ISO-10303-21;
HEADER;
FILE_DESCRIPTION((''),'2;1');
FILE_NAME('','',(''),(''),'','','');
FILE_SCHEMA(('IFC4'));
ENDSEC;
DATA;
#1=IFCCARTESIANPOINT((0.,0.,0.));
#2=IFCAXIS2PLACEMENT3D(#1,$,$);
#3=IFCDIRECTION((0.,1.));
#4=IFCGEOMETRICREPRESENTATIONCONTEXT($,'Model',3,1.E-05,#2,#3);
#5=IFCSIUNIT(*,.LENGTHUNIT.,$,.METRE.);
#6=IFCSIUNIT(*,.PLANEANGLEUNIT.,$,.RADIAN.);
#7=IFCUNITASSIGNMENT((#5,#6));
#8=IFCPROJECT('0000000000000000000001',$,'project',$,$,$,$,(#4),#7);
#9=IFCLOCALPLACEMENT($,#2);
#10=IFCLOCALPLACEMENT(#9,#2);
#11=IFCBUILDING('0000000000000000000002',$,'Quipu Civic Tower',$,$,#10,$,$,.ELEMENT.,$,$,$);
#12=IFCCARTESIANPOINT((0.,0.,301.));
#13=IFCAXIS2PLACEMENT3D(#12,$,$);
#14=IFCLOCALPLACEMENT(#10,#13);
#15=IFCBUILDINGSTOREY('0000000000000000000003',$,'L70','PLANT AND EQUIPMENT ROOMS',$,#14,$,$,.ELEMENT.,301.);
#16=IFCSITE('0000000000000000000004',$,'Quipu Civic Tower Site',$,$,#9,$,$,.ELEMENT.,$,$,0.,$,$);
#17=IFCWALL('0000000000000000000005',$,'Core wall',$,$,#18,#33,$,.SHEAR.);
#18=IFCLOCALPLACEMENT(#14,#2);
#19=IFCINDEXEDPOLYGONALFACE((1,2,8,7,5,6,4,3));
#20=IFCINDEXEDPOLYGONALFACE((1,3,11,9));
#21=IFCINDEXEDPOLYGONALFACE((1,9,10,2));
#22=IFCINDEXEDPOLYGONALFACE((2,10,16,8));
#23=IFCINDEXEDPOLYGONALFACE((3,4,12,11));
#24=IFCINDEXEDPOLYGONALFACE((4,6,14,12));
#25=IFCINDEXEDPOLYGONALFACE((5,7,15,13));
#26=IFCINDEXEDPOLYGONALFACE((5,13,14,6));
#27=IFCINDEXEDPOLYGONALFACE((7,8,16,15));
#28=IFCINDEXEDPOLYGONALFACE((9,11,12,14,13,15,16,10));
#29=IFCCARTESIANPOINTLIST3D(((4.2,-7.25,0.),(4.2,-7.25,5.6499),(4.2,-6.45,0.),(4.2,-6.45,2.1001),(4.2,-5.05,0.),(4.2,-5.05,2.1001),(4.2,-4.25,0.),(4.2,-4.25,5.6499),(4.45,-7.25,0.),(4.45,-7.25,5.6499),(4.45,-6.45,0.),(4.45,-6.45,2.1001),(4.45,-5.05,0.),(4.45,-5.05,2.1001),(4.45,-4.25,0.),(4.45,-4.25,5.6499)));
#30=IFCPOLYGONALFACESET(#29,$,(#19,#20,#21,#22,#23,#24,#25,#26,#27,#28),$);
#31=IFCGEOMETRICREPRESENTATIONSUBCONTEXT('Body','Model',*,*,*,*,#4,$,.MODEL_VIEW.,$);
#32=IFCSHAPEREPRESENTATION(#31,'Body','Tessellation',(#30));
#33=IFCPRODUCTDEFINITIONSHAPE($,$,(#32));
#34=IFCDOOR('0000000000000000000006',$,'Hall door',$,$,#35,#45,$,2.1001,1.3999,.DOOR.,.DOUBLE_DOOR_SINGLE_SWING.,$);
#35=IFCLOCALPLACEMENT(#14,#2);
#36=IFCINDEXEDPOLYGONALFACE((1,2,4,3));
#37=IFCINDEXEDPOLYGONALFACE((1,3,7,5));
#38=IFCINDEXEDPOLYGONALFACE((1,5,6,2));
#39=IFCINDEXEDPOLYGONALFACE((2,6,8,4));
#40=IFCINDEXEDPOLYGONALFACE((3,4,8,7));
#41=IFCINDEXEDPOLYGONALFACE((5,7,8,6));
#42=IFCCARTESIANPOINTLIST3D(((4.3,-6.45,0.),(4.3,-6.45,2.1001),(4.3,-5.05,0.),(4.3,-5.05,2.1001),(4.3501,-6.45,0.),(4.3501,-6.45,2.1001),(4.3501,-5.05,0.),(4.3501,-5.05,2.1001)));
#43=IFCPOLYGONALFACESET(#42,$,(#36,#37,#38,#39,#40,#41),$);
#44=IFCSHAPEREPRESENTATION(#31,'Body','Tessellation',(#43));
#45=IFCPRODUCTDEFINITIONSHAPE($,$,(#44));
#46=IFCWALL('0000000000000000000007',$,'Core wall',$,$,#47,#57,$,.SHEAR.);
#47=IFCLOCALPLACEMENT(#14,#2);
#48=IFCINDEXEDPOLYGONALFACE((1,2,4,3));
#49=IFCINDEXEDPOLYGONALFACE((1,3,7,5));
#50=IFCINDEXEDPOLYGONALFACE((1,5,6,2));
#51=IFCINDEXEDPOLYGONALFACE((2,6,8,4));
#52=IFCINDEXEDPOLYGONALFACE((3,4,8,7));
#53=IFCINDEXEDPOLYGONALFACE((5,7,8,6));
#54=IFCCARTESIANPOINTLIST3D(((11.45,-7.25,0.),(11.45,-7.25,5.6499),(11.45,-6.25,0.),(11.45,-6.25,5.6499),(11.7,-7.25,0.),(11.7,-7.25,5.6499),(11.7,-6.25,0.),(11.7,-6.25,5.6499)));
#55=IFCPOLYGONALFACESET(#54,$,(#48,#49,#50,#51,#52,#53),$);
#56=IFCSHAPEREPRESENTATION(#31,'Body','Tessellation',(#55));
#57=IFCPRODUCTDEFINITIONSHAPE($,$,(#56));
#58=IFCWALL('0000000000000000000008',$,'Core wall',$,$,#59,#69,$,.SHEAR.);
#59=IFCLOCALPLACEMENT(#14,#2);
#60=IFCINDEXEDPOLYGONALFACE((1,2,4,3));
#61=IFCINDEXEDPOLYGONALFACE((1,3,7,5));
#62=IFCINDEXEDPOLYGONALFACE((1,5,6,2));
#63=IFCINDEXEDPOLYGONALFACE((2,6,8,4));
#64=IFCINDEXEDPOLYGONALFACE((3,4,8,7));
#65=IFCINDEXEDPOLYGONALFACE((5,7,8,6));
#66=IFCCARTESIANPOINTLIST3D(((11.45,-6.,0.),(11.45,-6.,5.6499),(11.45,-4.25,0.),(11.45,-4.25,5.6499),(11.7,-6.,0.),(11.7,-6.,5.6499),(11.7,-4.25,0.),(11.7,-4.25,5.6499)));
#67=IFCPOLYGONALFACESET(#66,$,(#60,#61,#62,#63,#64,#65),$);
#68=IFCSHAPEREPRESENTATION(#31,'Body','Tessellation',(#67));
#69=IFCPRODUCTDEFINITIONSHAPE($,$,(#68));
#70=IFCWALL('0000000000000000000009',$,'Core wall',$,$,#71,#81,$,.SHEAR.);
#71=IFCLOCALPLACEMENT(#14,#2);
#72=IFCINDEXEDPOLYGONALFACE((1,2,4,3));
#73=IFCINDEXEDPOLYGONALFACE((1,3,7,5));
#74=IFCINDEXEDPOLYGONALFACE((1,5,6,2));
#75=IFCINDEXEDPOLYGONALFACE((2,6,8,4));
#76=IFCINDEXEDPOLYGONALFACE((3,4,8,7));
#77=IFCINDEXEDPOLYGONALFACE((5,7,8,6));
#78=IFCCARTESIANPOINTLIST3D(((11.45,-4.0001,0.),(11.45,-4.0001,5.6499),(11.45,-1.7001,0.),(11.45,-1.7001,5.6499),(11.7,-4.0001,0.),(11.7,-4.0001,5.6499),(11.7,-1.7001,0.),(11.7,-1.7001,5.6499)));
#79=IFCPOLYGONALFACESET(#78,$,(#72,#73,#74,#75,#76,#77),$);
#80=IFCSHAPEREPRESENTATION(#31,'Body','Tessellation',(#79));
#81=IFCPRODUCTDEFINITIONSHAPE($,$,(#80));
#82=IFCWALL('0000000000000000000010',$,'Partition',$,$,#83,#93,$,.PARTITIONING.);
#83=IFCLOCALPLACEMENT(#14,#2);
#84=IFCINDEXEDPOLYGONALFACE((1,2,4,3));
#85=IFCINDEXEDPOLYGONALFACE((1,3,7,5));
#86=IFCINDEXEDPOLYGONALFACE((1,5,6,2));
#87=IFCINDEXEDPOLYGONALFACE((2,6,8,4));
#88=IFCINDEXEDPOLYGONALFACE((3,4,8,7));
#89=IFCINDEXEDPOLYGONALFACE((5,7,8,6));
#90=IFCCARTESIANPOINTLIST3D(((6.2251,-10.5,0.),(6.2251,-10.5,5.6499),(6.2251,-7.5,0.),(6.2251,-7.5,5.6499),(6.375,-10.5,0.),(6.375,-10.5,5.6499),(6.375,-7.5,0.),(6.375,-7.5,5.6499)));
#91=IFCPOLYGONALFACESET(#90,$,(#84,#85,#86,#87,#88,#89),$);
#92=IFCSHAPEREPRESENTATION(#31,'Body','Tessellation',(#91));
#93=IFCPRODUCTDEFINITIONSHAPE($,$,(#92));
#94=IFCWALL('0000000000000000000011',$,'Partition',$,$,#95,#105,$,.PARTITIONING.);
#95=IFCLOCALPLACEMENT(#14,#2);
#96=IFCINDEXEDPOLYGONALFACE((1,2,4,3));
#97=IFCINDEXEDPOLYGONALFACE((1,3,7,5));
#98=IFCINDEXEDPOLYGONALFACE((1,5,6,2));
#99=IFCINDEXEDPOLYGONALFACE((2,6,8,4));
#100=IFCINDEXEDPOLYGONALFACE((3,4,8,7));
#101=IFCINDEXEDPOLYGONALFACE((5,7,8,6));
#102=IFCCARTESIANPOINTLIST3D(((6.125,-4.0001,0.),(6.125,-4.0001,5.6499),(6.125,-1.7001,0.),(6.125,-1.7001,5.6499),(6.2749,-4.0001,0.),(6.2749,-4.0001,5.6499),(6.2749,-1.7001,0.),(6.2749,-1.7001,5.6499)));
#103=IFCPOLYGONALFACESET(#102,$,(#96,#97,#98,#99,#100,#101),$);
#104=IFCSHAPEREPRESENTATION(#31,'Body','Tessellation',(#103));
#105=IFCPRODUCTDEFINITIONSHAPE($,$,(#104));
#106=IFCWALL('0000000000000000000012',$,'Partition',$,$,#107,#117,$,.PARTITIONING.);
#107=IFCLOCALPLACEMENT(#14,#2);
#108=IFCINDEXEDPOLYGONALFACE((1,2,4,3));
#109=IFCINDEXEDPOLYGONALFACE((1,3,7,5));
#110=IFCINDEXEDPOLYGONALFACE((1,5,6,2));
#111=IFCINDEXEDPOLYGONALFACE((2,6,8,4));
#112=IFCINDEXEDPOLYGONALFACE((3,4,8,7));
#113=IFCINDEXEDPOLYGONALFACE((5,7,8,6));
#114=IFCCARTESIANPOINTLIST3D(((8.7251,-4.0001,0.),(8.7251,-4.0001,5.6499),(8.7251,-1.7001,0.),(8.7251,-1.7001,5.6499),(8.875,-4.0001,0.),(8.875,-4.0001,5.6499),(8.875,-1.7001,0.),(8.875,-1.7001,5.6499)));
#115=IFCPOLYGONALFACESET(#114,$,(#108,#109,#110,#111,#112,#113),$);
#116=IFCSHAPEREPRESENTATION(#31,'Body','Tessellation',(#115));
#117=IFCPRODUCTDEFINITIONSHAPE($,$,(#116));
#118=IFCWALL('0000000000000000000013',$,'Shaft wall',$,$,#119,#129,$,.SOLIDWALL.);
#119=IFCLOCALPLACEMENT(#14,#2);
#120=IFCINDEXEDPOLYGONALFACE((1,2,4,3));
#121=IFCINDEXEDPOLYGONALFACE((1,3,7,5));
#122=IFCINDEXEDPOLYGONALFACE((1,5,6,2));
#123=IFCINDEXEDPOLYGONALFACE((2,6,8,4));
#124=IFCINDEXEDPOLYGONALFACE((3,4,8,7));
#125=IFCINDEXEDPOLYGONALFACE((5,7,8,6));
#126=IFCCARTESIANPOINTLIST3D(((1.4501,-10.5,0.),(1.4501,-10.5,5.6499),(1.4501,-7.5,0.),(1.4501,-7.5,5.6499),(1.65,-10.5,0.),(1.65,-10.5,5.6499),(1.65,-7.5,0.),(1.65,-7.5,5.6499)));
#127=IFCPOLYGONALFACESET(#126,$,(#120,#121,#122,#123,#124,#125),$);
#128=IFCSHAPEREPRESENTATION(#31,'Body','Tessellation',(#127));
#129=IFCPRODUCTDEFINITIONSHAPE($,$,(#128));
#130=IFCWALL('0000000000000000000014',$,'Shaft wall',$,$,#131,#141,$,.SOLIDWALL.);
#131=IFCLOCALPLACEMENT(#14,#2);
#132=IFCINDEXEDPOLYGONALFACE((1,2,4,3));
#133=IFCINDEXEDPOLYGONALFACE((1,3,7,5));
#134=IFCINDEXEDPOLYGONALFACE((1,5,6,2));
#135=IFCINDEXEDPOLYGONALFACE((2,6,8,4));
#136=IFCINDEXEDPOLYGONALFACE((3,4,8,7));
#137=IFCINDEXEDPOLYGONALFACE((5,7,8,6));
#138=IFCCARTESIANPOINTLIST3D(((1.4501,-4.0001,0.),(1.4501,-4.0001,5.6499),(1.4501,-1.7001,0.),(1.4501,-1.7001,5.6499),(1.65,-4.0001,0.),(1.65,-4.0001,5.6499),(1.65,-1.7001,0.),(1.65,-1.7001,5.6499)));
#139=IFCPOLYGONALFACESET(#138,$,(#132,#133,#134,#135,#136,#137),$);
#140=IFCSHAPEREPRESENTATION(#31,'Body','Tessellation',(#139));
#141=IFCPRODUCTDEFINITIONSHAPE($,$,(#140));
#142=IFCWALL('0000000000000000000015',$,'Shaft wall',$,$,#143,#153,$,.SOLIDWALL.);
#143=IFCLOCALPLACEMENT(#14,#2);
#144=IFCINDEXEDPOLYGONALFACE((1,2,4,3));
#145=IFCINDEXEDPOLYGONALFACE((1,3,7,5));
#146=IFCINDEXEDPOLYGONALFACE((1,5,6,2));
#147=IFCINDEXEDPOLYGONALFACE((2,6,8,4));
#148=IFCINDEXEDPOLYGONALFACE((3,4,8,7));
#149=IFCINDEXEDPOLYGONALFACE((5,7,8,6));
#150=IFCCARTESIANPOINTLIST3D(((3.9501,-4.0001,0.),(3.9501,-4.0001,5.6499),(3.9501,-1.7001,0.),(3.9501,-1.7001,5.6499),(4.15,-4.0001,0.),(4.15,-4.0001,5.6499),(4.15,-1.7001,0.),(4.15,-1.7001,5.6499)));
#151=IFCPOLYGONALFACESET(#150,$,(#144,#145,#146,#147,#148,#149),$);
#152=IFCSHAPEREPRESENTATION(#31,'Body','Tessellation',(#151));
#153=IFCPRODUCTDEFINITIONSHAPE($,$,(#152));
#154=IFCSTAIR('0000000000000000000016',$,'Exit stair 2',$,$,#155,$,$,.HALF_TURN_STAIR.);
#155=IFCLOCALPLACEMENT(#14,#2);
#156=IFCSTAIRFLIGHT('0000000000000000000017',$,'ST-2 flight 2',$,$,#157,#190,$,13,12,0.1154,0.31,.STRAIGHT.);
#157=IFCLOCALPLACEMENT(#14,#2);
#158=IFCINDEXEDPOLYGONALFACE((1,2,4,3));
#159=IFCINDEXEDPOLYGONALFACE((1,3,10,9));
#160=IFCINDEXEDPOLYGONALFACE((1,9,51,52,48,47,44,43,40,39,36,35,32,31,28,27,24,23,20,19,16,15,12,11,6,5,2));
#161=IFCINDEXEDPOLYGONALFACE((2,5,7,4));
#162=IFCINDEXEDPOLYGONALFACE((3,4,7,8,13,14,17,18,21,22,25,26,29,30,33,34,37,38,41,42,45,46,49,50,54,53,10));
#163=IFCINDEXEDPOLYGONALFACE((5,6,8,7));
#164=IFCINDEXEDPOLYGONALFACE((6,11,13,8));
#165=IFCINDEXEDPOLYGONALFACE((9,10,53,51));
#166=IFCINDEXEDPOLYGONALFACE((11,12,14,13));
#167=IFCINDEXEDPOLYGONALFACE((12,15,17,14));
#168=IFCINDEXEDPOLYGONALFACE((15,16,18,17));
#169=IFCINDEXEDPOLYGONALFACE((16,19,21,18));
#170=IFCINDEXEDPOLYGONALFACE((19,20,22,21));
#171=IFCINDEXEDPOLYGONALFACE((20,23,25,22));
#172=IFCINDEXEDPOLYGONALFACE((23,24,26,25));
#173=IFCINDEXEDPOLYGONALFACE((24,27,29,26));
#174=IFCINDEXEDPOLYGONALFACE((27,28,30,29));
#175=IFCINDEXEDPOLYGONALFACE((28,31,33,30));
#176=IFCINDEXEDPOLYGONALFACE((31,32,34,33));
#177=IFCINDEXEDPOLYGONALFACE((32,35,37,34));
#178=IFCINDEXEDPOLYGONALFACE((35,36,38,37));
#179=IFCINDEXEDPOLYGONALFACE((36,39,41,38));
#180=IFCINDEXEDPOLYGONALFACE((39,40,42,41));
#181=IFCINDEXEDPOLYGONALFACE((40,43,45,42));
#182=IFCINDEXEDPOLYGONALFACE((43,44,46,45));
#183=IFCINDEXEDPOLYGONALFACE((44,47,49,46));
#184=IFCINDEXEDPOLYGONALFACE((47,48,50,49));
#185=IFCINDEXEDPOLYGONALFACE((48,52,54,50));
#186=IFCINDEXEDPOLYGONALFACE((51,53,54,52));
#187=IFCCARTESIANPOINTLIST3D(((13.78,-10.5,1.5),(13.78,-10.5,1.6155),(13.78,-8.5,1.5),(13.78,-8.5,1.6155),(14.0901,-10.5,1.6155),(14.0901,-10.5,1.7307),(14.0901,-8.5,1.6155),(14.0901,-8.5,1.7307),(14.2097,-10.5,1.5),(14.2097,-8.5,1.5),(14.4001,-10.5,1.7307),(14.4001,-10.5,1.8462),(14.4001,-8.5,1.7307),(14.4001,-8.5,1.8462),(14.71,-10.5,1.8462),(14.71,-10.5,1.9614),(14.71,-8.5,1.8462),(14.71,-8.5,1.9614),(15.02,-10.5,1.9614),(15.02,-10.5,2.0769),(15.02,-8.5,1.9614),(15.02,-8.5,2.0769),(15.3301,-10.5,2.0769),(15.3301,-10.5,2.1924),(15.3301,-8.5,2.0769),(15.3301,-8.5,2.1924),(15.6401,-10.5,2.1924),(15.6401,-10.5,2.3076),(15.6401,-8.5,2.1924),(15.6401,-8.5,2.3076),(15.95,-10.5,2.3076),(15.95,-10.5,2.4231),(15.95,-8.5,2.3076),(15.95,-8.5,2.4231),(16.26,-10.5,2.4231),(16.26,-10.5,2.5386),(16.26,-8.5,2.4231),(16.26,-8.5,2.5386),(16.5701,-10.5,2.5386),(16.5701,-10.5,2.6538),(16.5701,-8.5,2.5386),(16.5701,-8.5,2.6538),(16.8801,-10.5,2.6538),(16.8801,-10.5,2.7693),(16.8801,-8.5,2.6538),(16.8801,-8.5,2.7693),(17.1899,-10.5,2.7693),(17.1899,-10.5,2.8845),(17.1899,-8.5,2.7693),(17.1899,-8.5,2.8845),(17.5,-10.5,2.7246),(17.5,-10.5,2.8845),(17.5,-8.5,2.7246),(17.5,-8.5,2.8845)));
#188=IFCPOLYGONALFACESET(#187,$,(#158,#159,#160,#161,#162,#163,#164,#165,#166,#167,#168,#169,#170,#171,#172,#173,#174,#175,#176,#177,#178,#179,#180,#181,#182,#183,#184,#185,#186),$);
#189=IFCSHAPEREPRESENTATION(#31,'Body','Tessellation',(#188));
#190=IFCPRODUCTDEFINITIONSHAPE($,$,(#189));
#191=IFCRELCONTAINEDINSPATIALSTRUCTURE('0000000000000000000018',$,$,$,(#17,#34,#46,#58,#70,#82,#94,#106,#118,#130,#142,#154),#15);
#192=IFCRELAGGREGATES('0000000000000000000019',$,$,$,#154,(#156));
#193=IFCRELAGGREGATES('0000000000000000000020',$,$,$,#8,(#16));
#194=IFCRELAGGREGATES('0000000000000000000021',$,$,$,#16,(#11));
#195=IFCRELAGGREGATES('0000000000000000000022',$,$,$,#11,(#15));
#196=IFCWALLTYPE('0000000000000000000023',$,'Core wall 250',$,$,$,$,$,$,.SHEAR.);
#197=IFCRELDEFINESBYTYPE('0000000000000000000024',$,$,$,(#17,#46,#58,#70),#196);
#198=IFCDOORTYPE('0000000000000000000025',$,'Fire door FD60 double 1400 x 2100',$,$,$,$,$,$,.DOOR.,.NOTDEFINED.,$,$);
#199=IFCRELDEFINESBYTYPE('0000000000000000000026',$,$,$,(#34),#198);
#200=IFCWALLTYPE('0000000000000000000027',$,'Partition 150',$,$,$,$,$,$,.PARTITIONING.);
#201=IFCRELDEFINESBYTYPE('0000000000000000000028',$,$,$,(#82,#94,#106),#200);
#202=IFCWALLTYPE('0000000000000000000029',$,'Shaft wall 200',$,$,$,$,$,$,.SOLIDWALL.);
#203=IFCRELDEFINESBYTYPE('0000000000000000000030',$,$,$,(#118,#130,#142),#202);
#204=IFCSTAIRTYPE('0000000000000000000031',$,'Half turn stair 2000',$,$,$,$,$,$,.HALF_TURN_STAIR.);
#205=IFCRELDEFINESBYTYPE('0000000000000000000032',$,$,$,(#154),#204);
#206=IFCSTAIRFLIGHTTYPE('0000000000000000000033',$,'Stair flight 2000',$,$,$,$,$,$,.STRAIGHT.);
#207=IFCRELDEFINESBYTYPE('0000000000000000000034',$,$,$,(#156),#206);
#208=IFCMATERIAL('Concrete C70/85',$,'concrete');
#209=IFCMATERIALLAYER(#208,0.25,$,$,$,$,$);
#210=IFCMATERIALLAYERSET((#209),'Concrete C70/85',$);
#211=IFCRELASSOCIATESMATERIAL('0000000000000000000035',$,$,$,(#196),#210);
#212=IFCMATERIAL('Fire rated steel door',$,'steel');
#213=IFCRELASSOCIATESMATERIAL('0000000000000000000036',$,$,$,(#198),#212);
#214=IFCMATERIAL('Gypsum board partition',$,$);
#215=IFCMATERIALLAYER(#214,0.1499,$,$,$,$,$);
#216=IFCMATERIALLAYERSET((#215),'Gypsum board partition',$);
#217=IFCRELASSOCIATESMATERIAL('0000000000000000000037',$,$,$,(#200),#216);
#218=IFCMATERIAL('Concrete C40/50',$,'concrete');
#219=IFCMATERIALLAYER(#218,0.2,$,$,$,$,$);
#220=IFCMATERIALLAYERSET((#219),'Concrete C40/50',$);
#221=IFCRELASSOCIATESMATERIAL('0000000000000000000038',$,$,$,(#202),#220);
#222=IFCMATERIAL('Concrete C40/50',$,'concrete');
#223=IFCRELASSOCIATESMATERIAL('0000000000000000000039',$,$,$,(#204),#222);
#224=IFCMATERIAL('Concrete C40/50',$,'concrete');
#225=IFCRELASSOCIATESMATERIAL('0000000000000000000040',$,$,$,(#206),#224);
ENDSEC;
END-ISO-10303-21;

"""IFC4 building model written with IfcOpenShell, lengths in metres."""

from ifc_helpers import new_model, si_unit, direction, frame, frame_2d, origin, place, context, subcontext, project, spatial, polyline, rectangle, outline, extrude, material, layer, layer_set, type_object, element, fill, aggregate, save


model = new_model("IFC4")

# Units and contexts
model_context = context("Model", 3, precision=1e-05, world=origin(), true_north=direction((0.0, 1.0)))
body_context = subcontext(model_context, "Body", "Model", "MODEL_VIEW")
ifc_project = project(units=[si_unit("LENGTHUNIT", "METRE"), si_unit("PLANEANGLEUNIT", "RADIAN")], contexts=[model_context])

# Site, building, storey
site_placement = place(None, origin())
site = spatial("IfcSite", under=ifc_project, at=site_placement, Name="Quipu Civic Tower Site", CompositionType="ELEMENT", RefElevation=0.0)
building_placement = place(site_placement, origin())
building = spatial("IfcBuilding", under=site, at=building_placement, Name="Quipu Civic Tower", CompositionType="ELEMENT")
storey_placement = place(building_placement, frame((0.0, 0.0, 301.0)))
storey = spatial("IfcBuildingStorey", under=building, at=storey_placement, Name="L70", Description="PLANT AND EQUIPMENT ROOMS", CompositionType="ELEMENT", Elevation=301.0)

# Shared definitions
ifc_material_1 = material(Name="Concrete C70/85", Category="concrete")
ifc_layer_1 = layer(ifc_material_1, 0.25)
ifc_layer_set_1 = layer_set([ifc_layer_1], Name="Concrete C70/85")
wall_type_1 = type_object("IfcWallType", Name="Core wall 250", PredefinedType="SHEAR", material=ifc_layer_set_1)

# Wall, opening, door
wall_1_placement = place(storey_placement, frame((4.325, -7.25, 0.0), z_axis=(0.0, 0.0, 1.0), x_axis=(0.0, 1.0, 0.0)))
wall_1 = element("IfcWall", 1, at=wall_1_placement, inside=storey, type_object=wall_type_1, Name="Core wall", PredefinedType="SHEAR", context=body_context, shape_type="SweptSolid", body=[
    extrude(rectangle(XDim=3.0, YDim=0.25, at=frame_2d((1.5, 0.0))), origin(), (0.0, 0.0, 1.0), 5.6499),
])
opening_1_placement = place(wall_1_placement, frame((0.8, 0.0, 0.0)))
opening_1 = element("IfcOpeningElement", 2, at=opening_1_placement, cuts=wall_1, PredefinedType="OPENING", context=body_context, shape_type="SweptSolid", body=[
    extrude(rectangle(XDim=1.3999, YDim=2.1001, at=frame_2d((0.7, 1.05))), frame((0.0, 0.135, 0.0), z_axis=(0.0, -1.0, 0.0), x_axis=(1.0, 0.0, 0.0)), (0.0, 0.0, 1.0), 0.27),
])
ifc_material_2 = material(Name="Fire rated steel door", Category="steel")
door_type_1 = type_object("IfcDoorType", Name="Fire door FD60 double 1400 x 2100", OperationType="NOTDEFINED", PredefinedType="DOOR", material=ifc_material_2)
door_1_placement = place(opening_1_placement, origin())
door_1 = element("IfcDoor", 3, at=door_1_placement, inside=storey, type_object=door_type_1, Name="Hall door", OperationType="DOUBLE_DOOR_SINGLE_SWING", OverallHeight=2.1001, OverallWidth=1.3999, PredefinedType="DOOR", context=body_context, shape_type="SweptSolid", body=[
    extrude(rectangle(XDim=1.3999, YDim=2.1001, at=frame_2d((0.7, 1.05))), frame((0.0, 0.0249, 0.0), z_axis=(0.0, -1.0, 0.0), x_axis=(1.0, 0.0, 0.0)), (0.0, 0.0, 1.0), 0.05),
])
fill(opening_1, door_1)

# Walls
wall_2_placement = place(storey_placement, frame((11.575, -7.25, 0.0), z_axis=(0.0, 0.0, 1.0), x_axis=(0.0, 1.0, 0.0)))
element("IfcWall", 4, at=wall_2_placement, inside=storey, type_object=wall_type_1, Name="Core wall", PredefinedType="SHEAR", context=body_context, shape_type="SweptSolid", body=[
    extrude(rectangle(XDim=1.0, YDim=0.25, at=frame_2d((0.5, 0.0))), origin(), (0.0, 0.0, 1.0), 5.6499),
])
wall_3_placement = place(storey_placement, frame((11.575, -6.0, 0.0), z_axis=(0.0, 0.0, 1.0), x_axis=(0.0, 1.0, 0.0)))
element("IfcWall", 5, at=wall_3_placement, inside=storey, type_object=wall_type_1, Name="Core wall", PredefinedType="SHEAR", context=body_context, shape_type="SweptSolid", body=[
    extrude(rectangle(XDim=1.75, YDim=0.25, at=frame_2d((0.875, 0.0))), origin(), (0.0, 0.0, 1.0), 5.6499),
])
wall_4_placement = place(storey_placement, frame((11.575, -4.0, 0.0), z_axis=(0.0, 0.0, 1.0), x_axis=(0.0, 1.0, 0.0)))
element("IfcWall", 6, at=wall_4_placement, inside=storey, type_object=wall_type_1, Name="Core wall", PredefinedType="SHEAR", context=body_context, shape_type="SweptSolid", body=[
    extrude(rectangle(XDim=2.3, YDim=0.25, at=frame_2d((1.1499, 0.0))), origin(), (0.0, 0.0, 1.0), 5.6499),
])
ifc_material_3 = material(Name="Gypsum board partition")
ifc_layer_2 = layer(ifc_material_3, 0.1499)
ifc_layer_set_2 = layer_set([ifc_layer_2], Name="Gypsum board partition")
wall_type_2 = type_object("IfcWallType", Name="Partition 150", PredefinedType="PARTITIONING", material=ifc_layer_set_2)
wall_5_placement = place(storey_placement, frame((6.3, -10.5, 0.0), z_axis=(0.0, 0.0, 1.0), x_axis=(0.0, 1.0, 0.0)))
element("IfcWall", 7, at=wall_5_placement, inside=storey, type_object=wall_type_2, Name="Partition", PredefinedType="PARTITIONING", context=body_context, shape_type="SweptSolid", body=[
    extrude(rectangle(XDim=3.0, YDim=0.1499, at=frame_2d((1.5, 0.0))), origin(), (0.0, 0.0, 1.0), 5.6499),
])
for number, where, z_axis, x_axis, name in (
    (8, (6.2, -4.0, 0.0), (0.0, 0.0, 1.0), (0.0, 1.0, 0.0), "Partition"),
    (9, (8.8, -4.0, 0.0), (0.0, 0.0, 1.0), (0.0, 1.0, 0.0), "Partition"),
):
    element("IfcWall", number, at=place(storey_placement, frame(where, z_axis=z_axis, x_axis=x_axis)), inside=storey, type_object=wall_type_2, Name=name, PredefinedType="PARTITIONING", context=body_context, shape_type="SweptSolid", body=[
        extrude(rectangle(XDim=2.3, YDim=0.1499, at=frame_2d((1.1499, 0.0))), origin(), (0.0, 0.0, 1.0), 5.6499),
    ])
ifc_material_4 = material(Name="Concrete C40/50", Category="concrete")
ifc_layer_3 = layer(ifc_material_4, 0.2)
ifc_layer_set_3 = layer_set([ifc_layer_3], Name="Concrete C40/50")
wall_type_3 = type_object("IfcWallType", Name="Shaft wall 200", PredefinedType="SOLIDWALL", material=ifc_layer_set_3)
wall_6_placement = place(storey_placement, frame((1.55, -10.5, 0.0), z_axis=(0.0, 0.0, 1.0), x_axis=(0.0, 1.0, 0.0)))
element("IfcWall", 10, at=wall_6_placement, inside=storey, type_object=wall_type_3, Name="Shaft wall", PredefinedType="SOLIDWALL", context=body_context, shape_type="SweptSolid", body=[
    extrude(rectangle(XDim=3.0, YDim=0.2, at=frame_2d((1.5, 0.0))), origin(), (0.0, 0.0, 1.0), 5.6499),
])
for number, where, z_axis, x_axis, name in (
    (11, (1.55, -4.0, 0.0), (0.0, 0.0, 1.0), (0.0, 1.0, 0.0), "Shaft wall"),
    (12, (4.05, -4.0, 0.0), (0.0, 0.0, 1.0), (0.0, 1.0, 0.0), "Shaft wall"),
):
    element("IfcWall", number, at=place(storey_placement, frame(where, z_axis=z_axis, x_axis=x_axis)), inside=storey, type_object=wall_type_3, Name=name, PredefinedType="SOLIDWALL", context=body_context, shape_type="SweptSolid", body=[
        extrude(rectangle(XDim=2.3, YDim=0.2, at=frame_2d((1.1499, 0.0))), origin(), (0.0, 0.0, 1.0), 5.6499),
    ])

# Stair, stair flight
ifc_material_5 = material(Name="Concrete C40/50", Category="concrete")
stair_type_1 = type_object("IfcStairType", Name="Half turn stair 2000", PredefinedType="HALF_TURN_STAIR", material=ifc_material_5)
stair_1_placement = place(storey_placement, origin())
stair_1 = element("IfcStair", 13, at=stair_1_placement, inside=storey, type_object=stair_type_1, Name="Exit stair 2", PredefinedType="HALF_TURN_STAIR")
ifc_material_6 = material(Name="Concrete C40/50", Category="concrete")
stair_flight_type = type_object("IfcStairFlightType", Name="Stair flight 2000", PredefinedType="STRAIGHT", material=ifc_material_6)
stair_flight_1_placement = place(storey_placement, frame((13.78, -9.5, 1.5), z_axis=(0.0, 0.0, 1.0), x_axis=(1.0, 0.0, 0.0)))
stair_flight_1 = element("IfcStairFlight", 14, at=stair_flight_1_placement, type_object=stair_flight_type, Name="ST-2 flight 2", NumberOfRisers=13, NumberOfTreads=12, PredefinedType="STRAIGHT", RiserHeight=0.1154, TreadLength=0.31, context=body_context, shape_type="SweptSolid", body=[
    extrude(outline(polyline([(0.0, 0.0), (0.0, 0.1155), (0.3101, 0.1155), (0.3101, 0.2307), (0.6201, 0.2307), (0.6201, 0.3462), (0.9299, 0.3462), (0.9299, 0.4614), (1.24, 0.4614), (1.24, 0.5769), (1.55, 0.5769), (1.55, 0.6924), (1.8601, 0.6924), (1.8601, 0.8076), (2.1699, 0.8076), (2.1699, 0.9231), (2.48, 0.9231), (2.48, 1.0386), (2.79, 1.0386), (2.79, 1.1538), (3.1001, 1.1538), (3.1001, 1.2693), (3.4099, 1.2693), (3.4099, 1.3845), (3.72, 1.3845), (3.72, 1.5), (3.72, 1.2246), (0.4297, 0.0), (0.0, 0.0)])), frame((0.0, 1.0, 0.0), z_axis=(0.0, -1.0, 0.0), x_axis=(1.0, 0.0, 0.0)), (0.0, 0.0, 1.0), 2.0),
])
aggregate(stair_1, [stair_flight_1])

save(model, "model.ifc")
